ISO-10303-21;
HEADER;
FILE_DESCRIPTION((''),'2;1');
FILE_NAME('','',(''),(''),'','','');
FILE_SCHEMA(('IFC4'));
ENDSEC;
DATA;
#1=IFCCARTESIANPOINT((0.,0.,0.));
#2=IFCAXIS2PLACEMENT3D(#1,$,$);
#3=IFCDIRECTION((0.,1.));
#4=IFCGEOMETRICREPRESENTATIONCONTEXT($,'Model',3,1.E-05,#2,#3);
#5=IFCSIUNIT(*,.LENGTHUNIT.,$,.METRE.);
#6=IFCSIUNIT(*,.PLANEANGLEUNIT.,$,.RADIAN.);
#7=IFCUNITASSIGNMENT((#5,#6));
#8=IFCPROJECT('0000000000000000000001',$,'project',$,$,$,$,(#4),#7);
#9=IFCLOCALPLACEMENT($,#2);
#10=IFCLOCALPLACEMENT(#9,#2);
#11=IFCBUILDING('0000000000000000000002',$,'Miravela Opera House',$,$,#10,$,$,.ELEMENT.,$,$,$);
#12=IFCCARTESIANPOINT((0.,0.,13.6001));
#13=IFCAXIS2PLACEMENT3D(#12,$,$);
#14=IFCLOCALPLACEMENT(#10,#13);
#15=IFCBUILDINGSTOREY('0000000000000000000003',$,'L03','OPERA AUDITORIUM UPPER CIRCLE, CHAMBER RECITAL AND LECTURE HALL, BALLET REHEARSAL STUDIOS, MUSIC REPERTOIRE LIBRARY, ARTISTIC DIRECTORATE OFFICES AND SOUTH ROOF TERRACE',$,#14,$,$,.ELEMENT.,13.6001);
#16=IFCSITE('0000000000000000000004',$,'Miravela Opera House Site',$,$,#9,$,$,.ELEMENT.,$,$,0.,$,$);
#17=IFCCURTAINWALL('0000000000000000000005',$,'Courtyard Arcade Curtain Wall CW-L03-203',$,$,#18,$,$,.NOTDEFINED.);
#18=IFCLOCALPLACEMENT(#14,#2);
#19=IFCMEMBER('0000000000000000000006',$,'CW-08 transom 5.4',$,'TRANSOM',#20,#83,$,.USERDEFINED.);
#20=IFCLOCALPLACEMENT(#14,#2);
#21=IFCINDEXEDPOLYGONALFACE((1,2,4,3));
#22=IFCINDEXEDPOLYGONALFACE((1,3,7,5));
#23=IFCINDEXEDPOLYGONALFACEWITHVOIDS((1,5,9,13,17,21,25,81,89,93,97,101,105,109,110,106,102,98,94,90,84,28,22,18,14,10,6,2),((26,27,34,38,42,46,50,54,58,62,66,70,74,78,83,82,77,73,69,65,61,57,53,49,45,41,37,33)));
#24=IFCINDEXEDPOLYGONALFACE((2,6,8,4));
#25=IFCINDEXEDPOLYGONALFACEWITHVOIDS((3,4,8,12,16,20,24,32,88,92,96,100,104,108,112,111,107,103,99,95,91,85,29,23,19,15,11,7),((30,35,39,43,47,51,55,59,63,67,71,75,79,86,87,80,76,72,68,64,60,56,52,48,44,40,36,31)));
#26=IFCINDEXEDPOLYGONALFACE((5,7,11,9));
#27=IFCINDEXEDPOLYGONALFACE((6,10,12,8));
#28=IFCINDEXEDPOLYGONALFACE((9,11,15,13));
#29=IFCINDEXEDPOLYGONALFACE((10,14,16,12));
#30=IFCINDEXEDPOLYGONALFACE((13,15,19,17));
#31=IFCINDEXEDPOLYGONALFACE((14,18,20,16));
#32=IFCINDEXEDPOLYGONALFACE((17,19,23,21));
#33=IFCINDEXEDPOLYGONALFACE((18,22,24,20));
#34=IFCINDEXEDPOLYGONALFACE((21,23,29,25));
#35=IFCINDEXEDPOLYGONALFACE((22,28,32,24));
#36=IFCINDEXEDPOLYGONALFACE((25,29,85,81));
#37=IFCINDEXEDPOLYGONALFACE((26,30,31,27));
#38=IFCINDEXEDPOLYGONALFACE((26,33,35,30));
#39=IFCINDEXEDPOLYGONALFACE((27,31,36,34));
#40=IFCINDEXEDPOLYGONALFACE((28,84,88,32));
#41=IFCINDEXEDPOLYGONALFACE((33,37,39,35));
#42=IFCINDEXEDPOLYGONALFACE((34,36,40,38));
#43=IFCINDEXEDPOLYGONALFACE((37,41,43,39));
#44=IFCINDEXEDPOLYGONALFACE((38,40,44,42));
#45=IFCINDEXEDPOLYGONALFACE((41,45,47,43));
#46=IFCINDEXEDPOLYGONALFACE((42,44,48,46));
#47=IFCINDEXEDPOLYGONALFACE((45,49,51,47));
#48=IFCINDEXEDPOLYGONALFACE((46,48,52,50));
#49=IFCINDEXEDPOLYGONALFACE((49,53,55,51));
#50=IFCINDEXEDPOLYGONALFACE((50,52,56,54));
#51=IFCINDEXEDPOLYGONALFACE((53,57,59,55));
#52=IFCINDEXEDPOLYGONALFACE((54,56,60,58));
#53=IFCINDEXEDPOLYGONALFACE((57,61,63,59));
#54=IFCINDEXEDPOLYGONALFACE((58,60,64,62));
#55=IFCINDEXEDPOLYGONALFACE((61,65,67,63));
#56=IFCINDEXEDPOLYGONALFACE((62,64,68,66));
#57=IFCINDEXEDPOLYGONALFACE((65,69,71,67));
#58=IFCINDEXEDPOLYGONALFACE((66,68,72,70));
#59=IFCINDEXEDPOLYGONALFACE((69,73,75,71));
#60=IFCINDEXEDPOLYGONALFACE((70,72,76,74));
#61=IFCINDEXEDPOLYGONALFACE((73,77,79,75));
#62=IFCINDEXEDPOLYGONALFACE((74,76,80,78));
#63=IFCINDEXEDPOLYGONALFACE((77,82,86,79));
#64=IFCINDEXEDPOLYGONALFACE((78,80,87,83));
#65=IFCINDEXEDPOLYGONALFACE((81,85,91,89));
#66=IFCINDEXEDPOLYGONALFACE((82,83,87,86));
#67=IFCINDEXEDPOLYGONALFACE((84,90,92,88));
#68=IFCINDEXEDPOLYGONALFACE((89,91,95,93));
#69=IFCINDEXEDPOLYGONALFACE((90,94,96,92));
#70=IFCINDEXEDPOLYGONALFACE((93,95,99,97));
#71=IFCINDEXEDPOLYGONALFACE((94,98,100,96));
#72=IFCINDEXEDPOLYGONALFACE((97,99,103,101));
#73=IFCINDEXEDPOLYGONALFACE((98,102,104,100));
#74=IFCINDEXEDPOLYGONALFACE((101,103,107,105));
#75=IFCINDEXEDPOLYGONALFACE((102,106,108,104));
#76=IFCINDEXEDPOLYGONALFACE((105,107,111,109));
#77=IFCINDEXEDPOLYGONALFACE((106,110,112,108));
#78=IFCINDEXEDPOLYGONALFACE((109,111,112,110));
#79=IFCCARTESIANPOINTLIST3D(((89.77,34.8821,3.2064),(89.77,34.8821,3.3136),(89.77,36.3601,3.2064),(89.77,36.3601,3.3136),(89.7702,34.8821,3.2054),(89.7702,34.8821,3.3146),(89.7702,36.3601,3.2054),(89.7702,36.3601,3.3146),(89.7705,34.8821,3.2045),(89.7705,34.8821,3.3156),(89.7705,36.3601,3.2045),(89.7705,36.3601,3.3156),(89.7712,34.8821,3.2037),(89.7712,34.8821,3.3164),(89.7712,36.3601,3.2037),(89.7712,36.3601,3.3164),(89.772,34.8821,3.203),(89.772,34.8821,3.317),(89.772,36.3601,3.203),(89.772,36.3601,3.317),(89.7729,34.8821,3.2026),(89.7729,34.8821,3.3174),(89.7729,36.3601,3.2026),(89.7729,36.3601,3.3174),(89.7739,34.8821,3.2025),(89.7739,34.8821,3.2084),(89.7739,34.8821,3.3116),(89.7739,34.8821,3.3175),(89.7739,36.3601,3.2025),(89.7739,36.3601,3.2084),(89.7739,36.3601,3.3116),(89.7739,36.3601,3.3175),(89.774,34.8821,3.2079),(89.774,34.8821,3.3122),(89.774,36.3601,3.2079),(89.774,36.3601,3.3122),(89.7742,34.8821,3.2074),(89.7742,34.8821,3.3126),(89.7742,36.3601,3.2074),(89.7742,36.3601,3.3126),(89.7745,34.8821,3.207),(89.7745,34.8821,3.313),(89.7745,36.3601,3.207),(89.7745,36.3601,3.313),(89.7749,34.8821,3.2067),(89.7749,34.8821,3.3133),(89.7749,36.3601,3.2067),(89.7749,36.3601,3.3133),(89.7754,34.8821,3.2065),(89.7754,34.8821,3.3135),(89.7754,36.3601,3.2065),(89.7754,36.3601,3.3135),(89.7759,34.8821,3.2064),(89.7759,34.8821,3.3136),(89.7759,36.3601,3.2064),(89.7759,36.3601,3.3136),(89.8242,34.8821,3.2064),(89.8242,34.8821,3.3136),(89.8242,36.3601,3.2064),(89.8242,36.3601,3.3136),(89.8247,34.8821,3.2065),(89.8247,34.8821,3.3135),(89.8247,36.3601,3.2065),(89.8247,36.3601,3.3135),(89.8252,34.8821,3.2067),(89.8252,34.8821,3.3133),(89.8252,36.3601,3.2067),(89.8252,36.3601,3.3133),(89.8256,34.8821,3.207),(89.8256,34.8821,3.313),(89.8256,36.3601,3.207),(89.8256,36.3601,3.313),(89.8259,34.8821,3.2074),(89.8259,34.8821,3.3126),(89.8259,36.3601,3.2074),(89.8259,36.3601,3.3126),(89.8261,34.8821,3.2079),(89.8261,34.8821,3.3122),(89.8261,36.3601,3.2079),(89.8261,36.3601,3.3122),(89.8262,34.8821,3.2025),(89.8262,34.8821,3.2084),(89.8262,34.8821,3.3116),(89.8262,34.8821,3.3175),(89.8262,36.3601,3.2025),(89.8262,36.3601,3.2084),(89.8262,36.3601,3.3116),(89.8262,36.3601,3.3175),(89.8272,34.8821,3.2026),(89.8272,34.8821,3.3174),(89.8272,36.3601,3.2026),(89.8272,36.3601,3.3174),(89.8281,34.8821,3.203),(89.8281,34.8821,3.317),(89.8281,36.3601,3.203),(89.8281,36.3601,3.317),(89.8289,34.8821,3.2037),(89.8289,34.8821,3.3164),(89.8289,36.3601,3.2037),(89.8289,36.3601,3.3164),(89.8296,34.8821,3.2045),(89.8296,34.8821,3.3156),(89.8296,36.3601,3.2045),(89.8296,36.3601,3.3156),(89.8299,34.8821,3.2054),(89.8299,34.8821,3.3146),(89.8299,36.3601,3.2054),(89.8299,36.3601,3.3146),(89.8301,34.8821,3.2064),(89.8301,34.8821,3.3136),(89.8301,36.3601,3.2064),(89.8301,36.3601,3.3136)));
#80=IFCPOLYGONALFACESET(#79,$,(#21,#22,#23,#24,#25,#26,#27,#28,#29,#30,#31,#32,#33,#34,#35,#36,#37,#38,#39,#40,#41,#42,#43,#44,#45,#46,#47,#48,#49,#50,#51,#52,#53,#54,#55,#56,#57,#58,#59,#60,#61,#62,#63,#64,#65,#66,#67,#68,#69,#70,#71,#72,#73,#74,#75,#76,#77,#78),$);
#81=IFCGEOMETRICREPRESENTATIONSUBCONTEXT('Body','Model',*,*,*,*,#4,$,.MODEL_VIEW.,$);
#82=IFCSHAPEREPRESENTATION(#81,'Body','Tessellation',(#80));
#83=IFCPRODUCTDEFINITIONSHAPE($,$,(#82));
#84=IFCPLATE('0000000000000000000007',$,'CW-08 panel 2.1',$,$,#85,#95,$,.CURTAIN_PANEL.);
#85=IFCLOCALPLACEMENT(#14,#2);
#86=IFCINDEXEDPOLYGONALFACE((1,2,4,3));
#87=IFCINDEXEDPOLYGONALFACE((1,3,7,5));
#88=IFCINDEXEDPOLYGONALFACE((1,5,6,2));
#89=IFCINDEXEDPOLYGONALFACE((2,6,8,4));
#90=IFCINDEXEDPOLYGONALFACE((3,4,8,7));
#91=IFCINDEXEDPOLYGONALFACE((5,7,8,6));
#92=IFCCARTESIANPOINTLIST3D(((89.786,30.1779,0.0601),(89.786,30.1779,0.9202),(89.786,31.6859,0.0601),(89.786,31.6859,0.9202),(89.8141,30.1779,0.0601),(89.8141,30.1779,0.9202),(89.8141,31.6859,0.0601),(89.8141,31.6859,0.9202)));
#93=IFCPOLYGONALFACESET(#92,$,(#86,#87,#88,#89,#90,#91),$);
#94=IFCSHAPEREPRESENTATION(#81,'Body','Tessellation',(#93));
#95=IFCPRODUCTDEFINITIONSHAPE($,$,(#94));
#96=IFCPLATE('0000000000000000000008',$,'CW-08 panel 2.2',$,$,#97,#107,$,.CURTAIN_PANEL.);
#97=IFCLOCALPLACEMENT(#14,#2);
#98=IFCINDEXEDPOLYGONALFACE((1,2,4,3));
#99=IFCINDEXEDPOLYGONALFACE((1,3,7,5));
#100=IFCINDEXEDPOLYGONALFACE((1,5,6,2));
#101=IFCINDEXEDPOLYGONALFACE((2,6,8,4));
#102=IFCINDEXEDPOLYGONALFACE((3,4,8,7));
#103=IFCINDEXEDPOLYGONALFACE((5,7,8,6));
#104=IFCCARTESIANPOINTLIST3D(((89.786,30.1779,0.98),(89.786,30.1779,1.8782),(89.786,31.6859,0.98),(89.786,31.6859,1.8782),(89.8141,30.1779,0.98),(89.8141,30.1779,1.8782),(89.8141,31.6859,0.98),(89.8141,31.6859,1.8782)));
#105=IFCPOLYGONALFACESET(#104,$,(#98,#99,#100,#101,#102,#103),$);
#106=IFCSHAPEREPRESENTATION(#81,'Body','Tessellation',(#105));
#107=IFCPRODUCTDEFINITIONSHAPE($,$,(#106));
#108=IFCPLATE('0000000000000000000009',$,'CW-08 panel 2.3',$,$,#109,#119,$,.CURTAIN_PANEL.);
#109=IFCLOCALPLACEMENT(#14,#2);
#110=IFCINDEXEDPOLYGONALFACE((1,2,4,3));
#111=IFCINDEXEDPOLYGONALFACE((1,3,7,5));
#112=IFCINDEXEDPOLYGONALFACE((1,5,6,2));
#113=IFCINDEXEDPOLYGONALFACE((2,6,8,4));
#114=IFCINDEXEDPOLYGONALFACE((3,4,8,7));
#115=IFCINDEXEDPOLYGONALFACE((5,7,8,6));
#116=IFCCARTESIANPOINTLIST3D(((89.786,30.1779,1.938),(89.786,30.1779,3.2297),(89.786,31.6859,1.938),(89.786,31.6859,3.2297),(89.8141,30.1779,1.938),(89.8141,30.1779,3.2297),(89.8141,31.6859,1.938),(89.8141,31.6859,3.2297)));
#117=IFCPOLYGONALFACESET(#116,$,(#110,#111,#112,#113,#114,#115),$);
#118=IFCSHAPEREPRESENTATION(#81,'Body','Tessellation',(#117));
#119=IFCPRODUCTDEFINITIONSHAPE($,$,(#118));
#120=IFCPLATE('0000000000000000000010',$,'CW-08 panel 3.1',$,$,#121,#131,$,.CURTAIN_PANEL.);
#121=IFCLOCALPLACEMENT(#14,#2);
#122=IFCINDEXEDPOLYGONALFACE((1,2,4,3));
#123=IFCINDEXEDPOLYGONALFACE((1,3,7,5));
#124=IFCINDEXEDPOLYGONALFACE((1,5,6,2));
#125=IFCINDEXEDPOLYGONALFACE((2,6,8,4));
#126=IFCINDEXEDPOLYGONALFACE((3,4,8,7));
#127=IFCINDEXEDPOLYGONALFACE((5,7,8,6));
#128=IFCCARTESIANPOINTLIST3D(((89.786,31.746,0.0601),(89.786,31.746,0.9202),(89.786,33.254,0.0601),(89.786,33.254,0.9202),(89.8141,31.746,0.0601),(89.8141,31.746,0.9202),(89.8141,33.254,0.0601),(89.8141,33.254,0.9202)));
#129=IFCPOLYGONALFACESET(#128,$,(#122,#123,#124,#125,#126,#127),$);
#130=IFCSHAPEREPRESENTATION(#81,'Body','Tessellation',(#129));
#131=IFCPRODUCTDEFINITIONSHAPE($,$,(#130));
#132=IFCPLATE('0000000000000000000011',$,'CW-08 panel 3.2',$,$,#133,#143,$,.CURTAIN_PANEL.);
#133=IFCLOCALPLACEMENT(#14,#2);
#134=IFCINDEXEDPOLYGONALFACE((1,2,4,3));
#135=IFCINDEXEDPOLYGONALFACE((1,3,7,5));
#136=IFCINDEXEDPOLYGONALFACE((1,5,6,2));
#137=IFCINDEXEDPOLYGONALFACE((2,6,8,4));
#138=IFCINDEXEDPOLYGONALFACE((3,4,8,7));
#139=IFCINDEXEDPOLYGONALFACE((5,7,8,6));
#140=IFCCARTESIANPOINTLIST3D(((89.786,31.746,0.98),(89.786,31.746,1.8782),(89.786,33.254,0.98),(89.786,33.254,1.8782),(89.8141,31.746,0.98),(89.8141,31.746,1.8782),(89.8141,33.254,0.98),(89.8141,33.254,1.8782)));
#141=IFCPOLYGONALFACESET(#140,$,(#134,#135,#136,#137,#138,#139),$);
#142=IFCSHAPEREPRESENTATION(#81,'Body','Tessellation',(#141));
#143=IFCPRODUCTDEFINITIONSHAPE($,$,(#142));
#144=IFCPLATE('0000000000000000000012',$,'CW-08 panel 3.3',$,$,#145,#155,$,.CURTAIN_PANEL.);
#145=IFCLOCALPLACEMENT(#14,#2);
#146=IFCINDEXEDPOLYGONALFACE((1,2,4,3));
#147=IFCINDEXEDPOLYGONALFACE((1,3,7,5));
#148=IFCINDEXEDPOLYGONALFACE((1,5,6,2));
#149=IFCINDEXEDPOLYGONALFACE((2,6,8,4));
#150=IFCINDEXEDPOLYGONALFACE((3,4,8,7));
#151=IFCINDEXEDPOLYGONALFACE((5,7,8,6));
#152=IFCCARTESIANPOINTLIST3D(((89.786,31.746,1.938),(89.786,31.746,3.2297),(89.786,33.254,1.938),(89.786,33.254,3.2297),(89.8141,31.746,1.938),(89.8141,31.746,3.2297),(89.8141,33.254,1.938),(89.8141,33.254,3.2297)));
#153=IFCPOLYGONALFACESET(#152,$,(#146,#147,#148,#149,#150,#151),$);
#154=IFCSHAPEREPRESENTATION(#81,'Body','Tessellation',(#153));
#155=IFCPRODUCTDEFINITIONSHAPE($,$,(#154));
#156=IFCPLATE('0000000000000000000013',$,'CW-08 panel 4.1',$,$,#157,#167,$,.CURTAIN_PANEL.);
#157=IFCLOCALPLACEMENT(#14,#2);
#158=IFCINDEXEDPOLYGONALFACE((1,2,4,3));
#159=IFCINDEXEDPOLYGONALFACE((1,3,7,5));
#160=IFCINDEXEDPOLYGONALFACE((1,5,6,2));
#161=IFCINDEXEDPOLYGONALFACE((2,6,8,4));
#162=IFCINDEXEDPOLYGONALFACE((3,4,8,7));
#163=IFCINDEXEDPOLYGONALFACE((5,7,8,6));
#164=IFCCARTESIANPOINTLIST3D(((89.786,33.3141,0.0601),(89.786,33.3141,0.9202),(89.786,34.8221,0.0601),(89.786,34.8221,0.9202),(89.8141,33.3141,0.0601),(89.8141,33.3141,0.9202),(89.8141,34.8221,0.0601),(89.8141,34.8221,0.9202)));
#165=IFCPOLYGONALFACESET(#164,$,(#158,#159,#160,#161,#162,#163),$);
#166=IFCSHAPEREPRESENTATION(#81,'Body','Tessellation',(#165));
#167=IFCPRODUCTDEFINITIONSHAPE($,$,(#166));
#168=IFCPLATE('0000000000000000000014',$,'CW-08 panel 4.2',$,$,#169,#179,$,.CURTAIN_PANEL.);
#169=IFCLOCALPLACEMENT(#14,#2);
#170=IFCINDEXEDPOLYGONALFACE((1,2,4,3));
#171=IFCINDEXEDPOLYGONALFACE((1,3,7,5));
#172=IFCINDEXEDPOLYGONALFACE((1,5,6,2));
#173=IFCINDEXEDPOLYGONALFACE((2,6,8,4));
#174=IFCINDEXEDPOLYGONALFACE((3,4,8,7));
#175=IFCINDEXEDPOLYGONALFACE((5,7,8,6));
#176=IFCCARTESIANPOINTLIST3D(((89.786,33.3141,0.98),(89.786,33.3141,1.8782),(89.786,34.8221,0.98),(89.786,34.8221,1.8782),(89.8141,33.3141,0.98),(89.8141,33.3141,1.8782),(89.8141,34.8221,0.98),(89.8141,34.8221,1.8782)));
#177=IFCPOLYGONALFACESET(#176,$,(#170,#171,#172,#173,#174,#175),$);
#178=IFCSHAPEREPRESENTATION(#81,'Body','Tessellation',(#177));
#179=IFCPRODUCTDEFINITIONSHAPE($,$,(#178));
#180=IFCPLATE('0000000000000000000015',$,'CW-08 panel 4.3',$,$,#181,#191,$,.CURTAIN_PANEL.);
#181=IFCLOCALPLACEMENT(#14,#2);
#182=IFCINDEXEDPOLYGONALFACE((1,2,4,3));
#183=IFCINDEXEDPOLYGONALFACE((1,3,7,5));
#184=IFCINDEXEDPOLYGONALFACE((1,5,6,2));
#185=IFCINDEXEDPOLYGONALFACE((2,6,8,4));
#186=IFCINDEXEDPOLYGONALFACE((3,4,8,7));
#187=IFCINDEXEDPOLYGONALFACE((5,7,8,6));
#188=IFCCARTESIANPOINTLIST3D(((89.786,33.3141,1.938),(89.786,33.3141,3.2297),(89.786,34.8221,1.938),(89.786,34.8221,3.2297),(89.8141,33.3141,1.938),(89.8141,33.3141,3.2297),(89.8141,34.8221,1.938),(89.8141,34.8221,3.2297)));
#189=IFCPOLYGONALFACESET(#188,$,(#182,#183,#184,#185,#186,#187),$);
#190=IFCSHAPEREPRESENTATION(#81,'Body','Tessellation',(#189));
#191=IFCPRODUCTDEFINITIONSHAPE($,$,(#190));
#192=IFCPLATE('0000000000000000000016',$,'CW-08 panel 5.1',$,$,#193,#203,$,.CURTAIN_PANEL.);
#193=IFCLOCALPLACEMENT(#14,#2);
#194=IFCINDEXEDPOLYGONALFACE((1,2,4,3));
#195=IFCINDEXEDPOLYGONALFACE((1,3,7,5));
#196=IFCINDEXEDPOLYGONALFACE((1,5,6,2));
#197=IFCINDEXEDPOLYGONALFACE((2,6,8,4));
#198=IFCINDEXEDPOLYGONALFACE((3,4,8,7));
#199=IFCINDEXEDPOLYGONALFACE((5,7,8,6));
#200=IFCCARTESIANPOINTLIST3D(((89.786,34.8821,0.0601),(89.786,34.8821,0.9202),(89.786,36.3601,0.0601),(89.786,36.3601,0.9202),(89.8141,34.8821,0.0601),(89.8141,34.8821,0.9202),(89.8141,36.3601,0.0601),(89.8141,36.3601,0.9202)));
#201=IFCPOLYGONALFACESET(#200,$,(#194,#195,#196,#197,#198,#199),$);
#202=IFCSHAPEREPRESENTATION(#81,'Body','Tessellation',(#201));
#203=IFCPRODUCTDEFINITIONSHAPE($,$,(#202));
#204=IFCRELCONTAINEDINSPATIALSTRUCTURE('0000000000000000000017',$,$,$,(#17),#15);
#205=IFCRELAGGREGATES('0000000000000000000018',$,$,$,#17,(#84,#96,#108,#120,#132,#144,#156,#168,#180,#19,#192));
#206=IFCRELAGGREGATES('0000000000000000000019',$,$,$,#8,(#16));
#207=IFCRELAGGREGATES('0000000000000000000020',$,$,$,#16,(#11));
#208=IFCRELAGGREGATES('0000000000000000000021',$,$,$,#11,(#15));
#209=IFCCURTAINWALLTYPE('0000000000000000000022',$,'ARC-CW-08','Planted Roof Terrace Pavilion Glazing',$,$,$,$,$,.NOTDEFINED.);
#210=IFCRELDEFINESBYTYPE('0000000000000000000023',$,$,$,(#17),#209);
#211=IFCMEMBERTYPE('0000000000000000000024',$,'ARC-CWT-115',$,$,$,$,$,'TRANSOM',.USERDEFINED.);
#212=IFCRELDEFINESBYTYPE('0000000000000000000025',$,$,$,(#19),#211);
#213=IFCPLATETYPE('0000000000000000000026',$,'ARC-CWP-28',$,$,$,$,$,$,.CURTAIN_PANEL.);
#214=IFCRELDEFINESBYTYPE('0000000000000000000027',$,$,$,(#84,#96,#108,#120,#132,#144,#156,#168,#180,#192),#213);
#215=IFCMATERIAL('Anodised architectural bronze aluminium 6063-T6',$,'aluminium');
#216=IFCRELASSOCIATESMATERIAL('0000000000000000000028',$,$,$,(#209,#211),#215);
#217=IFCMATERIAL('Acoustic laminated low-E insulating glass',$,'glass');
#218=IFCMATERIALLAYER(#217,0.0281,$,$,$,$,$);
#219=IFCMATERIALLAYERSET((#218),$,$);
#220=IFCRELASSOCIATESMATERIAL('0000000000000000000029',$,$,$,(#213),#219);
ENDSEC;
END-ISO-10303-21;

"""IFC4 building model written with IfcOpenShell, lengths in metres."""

from ifc_helpers import new_model, si_unit, direction, frame, origin, origin_2d, place, context, subcontext, project, spatial, rectangle, hollow_rectangle, extrude, material, layer, layer_set, material_profile, profile_set, type_object, element, aggregate, save


model = new_model("IFC4")

# Units and contexts
model_context = context("Model", 3, precision=1e-05, world=origin(), true_north=direction((0.0, 1.0)))
body_context = subcontext(model_context, "Body", "Model", "MODEL_VIEW")
ifc_project = project(units=[si_unit("LENGTHUNIT", "METRE"), si_unit("PLANEANGLEUNIT", "RADIAN")], contexts=[model_context])

# Site, building, storey
site_placement = place(None, origin())
site = spatial("IfcSite", under=ifc_project, at=site_placement, Name="Miravela Opera House Site", CompositionType="ELEMENT", RefElevation=0.0)
building_placement = place(site_placement, origin())
building = spatial("IfcBuilding", under=site, at=building_placement, Name="Miravela Opera House", CompositionType="ELEMENT")
storey_placement = place(building_placement, frame((0.0, 0.0, 13.6001)))
storey = spatial("IfcBuildingStorey", under=building, at=storey_placement, Name="L03", Description="OPERA AUDITORIUM UPPER CIRCLE, CHAMBER RECITAL AND LECTURE HALL, BALLET REHEARSAL STUDIOS, MUSIC REPERTOIRE LIBRARY, ARTISTIC DIRECTORATE OFFICES AND SOUTH ROOF TERRACE", CompositionType="ELEMENT", Elevation=13.6001)

# Curtain wall, member, plates
ifc_material_1 = material(Name="Anodised architectural bronze aluminium 6063-T6", Category="aluminium")
curtain_wall_type = type_object("IfcCurtainWallType", Name="ARC-CW-08", Description="Planted Roof Terrace Pavilion Glazing", PredefinedType="NOTDEFINED", material=ifc_material_1)
curtain_wall_placement = place(storey_placement, origin())
curtain_wall = element("IfcCurtainWall", 1, at=curtain_wall_placement, inside=storey, type_object=curtain_wall_type, Name="Courtyard Arcade Curtain Wall CW-L03-203", PredefinedType="NOTDEFINED")
ifc_material_profile_1 = material_profile(ifc_material_1, hollow_rectangle(XDim=0.0601, YDim=0.115, WallThickness=0.0039, InnerFilletRadius=0.002, OuterFilletRadius=0.0039, at=origin_2d()), Name="CWT-60X115")
ifc_profile_set_1 = profile_set([ifc_material_profile_1])
member_type_1 = type_object("IfcMemberType", Name="ARC-CWT-115", ElementType="TRANSOM", PredefinedType="USERDEFINED", material=ifc_profile_set_1)
member_1_placement = place(storey_placement, frame((89.8, 34.8821, 3.26), z_axis=(0.0, 1.0, 0.0), x_axis=(-1.0, 0.0, 0.0)))
member_1 = element("IfcMember", 2, at=member_1_placement, type_object=member_type_1, Name="CW-08 transom 5.4", ObjectType="TRANSOM", PredefinedType="USERDEFINED", context=body_context, shape_type="SweptSolid", body=[
    extrude(hollow_rectangle(XDim=0.0601, YDim=0.115, WallThickness=0.0039, InnerFilletRadius=0.002, OuterFilletRadius=0.0039, at=origin_2d()), origin(), (0.0, 0.0, 1.0), 1.478),
])
ifc_material_2 = material(Name="Acoustic laminated low-E insulating glass", Category="glass")
ifc_layer_1 = layer(ifc_material_2, 0.0281)
ifc_layer_set_1 = layer_set([ifc_layer_1])
plate_type = type_object("IfcPlateType", Name="ARC-CWP-28", PredefinedType="CURTAIN_PANEL", material=ifc_layer_set_1)
plate_1_placement = place(storey_placement, frame((89.8, 30.9319, 0.0601), z_axis=(0.0, 0.0, 1.0), x_axis=(0.0, 1.0, 0.0)))
plate_1 = element("IfcPlate", 3, at=plate_1_placement, type_object=plate_type, Name="CW-08 panel 2.1", PredefinedType="CURTAIN_PANEL", context=body_context, shape_type="SweptSolid", body=[
    extrude(rectangle(XDim=1.5081, YDim=0.0281, at=origin_2d()), origin(), (0.0, 0.0, 1.0), 0.8601),
])
plate_2_placement = place(storey_placement, frame((89.8, 30.9319, 0.98), z_axis=(0.0, 0.0, 1.0), x_axis=(0.0, 1.0, 0.0)))
plate_2 = element("IfcPlate", 4, at=plate_2_placement, type_object=plate_type, Name="CW-08 panel 2.2", PredefinedType="CURTAIN_PANEL", context=body_context, shape_type="SweptSolid", body=[
    extrude(rectangle(XDim=1.5081, YDim=0.0281, at=origin_2d()), origin(), (0.0, 0.0, 1.0), 0.8982),
])
plate_3_placement = place(storey_placement, frame((89.8, 30.9319, 1.938), z_axis=(0.0, 0.0, 1.0), x_axis=(0.0, 1.0, 0.0)))
plate_3 = element("IfcPlate", 5, at=plate_3_placement, type_object=plate_type, Name="CW-08 panel 2.3", PredefinedType="CURTAIN_PANEL", context=body_context, shape_type="SweptSolid", body=[
    extrude(rectangle(XDim=1.5081, YDim=0.0281, at=origin_2d()), origin(), (0.0, 0.0, 1.0), 1.2917),
])
plate_4_placement = place(storey_placement, frame((89.8, 32.5, 0.0601), z_axis=(0.0, 0.0, 1.0), x_axis=(0.0, 1.0, 0.0)))
plate_4 = element("IfcPlate", 6, at=plate_4_placement, type_object=plate_type, Name="CW-08 panel 3.1", PredefinedType="CURTAIN_PANEL", context=body_context, shape_type="SweptSolid", body=[
    extrude(rectangle(XDim=1.5081, YDim=0.0281, at=origin_2d()), origin(), (0.0, 0.0, 1.0), 0.8601),
])
plate_5_placement = place(storey_placement, frame((89.8, 32.5, 0.98), z_axis=(0.0, 0.0, 1.0), x_axis=(0.0, 1.0, 0.0)))
plate_5 = element("IfcPlate", 7, at=plate_5_placement, type_object=plate_type, Name="CW-08 panel 3.2", PredefinedType="CURTAIN_PANEL", context=body_context, shape_type="SweptSolid", body=[
    extrude(rectangle(XDim=1.5081, YDim=0.0281, at=origin_2d()), origin(), (0.0, 0.0, 1.0), 0.8982),
])
plate_6_placement = place(storey_placement, frame((89.8, 32.5, 1.938), z_axis=(0.0, 0.0, 1.0), x_axis=(0.0, 1.0, 0.0)))
plate_6 = element("IfcPlate", 8, at=plate_6_placement, type_object=plate_type, Name="CW-08 panel 3.3", PredefinedType="CURTAIN_PANEL", context=body_context, shape_type="SweptSolid", body=[
    extrude(rectangle(XDim=1.5081, YDim=0.0281, at=origin_2d()), origin(), (0.0, 0.0, 1.0), 1.2917),
])
plate_7_placement = place(storey_placement, frame((89.8, 34.0681, 0.0601), z_axis=(0.0, 0.0, 1.0), x_axis=(0.0, 1.0, 0.0)))
plate_7 = element("IfcPlate", 9, at=plate_7_placement, type_object=plate_type, Name="CW-08 panel 4.1", PredefinedType="CURTAIN_PANEL", context=body_context, shape_type="SweptSolid", body=[
    extrude(rectangle(XDim=1.5081, YDim=0.0281, at=origin_2d()), origin(), (0.0, 0.0, 1.0), 0.8601),
])
plate_8_placement = place(storey_placement, frame((89.8, 34.0681, 0.98), z_axis=(0.0, 0.0, 1.0), x_axis=(0.0, 1.0, 0.0)))
plate_8 = element("IfcPlate", 10, at=plate_8_placement, type_object=plate_type, Name="CW-08 panel 4.2", PredefinedType="CURTAIN_PANEL", context=body_context, shape_type="SweptSolid", body=[
    extrude(rectangle(XDim=1.5081, YDim=0.0281, at=origin_2d()), origin(), (0.0, 0.0, 1.0), 0.8982),
])
plate_9_placement = place(storey_placement, frame((89.8, 34.0681, 1.938), z_axis=(0.0, 0.0, 1.0), x_axis=(0.0, 1.0, 0.0)))
plate_9 = element("IfcPlate", 11, at=plate_9_placement, type_object=plate_type, Name="CW-08 panel 4.3", PredefinedType="CURTAIN_PANEL", context=body_context, shape_type="SweptSolid", body=[
    extrude(rectangle(XDim=1.5081, YDim=0.0281, at=origin_2d()), origin(), (0.0, 0.0, 1.0), 1.2917),
])
plate_10_placement = place(storey_placement, frame((89.8, 35.6211, 0.0601), z_axis=(0.0, 0.0, 1.0), x_axis=(0.0, 1.0, 0.0)))
plate_10 = element("IfcPlate", 12, at=plate_10_placement, type_object=plate_type, Name="CW-08 panel 5.1", PredefinedType="CURTAIN_PANEL", context=body_context, shape_type="SweptSolid", body=[
    extrude(rectangle(XDim=1.478, YDim=0.0281, at=origin_2d()), origin(), (0.0, 0.0, 1.0), 0.8601),
])
aggregate(curtain_wall, [plate_1, plate_2, plate_3, plate_4, plate_5, plate_6, plate_7, plate_8, plate_9, member_1, plate_10])

save(model, "model.ifc")
